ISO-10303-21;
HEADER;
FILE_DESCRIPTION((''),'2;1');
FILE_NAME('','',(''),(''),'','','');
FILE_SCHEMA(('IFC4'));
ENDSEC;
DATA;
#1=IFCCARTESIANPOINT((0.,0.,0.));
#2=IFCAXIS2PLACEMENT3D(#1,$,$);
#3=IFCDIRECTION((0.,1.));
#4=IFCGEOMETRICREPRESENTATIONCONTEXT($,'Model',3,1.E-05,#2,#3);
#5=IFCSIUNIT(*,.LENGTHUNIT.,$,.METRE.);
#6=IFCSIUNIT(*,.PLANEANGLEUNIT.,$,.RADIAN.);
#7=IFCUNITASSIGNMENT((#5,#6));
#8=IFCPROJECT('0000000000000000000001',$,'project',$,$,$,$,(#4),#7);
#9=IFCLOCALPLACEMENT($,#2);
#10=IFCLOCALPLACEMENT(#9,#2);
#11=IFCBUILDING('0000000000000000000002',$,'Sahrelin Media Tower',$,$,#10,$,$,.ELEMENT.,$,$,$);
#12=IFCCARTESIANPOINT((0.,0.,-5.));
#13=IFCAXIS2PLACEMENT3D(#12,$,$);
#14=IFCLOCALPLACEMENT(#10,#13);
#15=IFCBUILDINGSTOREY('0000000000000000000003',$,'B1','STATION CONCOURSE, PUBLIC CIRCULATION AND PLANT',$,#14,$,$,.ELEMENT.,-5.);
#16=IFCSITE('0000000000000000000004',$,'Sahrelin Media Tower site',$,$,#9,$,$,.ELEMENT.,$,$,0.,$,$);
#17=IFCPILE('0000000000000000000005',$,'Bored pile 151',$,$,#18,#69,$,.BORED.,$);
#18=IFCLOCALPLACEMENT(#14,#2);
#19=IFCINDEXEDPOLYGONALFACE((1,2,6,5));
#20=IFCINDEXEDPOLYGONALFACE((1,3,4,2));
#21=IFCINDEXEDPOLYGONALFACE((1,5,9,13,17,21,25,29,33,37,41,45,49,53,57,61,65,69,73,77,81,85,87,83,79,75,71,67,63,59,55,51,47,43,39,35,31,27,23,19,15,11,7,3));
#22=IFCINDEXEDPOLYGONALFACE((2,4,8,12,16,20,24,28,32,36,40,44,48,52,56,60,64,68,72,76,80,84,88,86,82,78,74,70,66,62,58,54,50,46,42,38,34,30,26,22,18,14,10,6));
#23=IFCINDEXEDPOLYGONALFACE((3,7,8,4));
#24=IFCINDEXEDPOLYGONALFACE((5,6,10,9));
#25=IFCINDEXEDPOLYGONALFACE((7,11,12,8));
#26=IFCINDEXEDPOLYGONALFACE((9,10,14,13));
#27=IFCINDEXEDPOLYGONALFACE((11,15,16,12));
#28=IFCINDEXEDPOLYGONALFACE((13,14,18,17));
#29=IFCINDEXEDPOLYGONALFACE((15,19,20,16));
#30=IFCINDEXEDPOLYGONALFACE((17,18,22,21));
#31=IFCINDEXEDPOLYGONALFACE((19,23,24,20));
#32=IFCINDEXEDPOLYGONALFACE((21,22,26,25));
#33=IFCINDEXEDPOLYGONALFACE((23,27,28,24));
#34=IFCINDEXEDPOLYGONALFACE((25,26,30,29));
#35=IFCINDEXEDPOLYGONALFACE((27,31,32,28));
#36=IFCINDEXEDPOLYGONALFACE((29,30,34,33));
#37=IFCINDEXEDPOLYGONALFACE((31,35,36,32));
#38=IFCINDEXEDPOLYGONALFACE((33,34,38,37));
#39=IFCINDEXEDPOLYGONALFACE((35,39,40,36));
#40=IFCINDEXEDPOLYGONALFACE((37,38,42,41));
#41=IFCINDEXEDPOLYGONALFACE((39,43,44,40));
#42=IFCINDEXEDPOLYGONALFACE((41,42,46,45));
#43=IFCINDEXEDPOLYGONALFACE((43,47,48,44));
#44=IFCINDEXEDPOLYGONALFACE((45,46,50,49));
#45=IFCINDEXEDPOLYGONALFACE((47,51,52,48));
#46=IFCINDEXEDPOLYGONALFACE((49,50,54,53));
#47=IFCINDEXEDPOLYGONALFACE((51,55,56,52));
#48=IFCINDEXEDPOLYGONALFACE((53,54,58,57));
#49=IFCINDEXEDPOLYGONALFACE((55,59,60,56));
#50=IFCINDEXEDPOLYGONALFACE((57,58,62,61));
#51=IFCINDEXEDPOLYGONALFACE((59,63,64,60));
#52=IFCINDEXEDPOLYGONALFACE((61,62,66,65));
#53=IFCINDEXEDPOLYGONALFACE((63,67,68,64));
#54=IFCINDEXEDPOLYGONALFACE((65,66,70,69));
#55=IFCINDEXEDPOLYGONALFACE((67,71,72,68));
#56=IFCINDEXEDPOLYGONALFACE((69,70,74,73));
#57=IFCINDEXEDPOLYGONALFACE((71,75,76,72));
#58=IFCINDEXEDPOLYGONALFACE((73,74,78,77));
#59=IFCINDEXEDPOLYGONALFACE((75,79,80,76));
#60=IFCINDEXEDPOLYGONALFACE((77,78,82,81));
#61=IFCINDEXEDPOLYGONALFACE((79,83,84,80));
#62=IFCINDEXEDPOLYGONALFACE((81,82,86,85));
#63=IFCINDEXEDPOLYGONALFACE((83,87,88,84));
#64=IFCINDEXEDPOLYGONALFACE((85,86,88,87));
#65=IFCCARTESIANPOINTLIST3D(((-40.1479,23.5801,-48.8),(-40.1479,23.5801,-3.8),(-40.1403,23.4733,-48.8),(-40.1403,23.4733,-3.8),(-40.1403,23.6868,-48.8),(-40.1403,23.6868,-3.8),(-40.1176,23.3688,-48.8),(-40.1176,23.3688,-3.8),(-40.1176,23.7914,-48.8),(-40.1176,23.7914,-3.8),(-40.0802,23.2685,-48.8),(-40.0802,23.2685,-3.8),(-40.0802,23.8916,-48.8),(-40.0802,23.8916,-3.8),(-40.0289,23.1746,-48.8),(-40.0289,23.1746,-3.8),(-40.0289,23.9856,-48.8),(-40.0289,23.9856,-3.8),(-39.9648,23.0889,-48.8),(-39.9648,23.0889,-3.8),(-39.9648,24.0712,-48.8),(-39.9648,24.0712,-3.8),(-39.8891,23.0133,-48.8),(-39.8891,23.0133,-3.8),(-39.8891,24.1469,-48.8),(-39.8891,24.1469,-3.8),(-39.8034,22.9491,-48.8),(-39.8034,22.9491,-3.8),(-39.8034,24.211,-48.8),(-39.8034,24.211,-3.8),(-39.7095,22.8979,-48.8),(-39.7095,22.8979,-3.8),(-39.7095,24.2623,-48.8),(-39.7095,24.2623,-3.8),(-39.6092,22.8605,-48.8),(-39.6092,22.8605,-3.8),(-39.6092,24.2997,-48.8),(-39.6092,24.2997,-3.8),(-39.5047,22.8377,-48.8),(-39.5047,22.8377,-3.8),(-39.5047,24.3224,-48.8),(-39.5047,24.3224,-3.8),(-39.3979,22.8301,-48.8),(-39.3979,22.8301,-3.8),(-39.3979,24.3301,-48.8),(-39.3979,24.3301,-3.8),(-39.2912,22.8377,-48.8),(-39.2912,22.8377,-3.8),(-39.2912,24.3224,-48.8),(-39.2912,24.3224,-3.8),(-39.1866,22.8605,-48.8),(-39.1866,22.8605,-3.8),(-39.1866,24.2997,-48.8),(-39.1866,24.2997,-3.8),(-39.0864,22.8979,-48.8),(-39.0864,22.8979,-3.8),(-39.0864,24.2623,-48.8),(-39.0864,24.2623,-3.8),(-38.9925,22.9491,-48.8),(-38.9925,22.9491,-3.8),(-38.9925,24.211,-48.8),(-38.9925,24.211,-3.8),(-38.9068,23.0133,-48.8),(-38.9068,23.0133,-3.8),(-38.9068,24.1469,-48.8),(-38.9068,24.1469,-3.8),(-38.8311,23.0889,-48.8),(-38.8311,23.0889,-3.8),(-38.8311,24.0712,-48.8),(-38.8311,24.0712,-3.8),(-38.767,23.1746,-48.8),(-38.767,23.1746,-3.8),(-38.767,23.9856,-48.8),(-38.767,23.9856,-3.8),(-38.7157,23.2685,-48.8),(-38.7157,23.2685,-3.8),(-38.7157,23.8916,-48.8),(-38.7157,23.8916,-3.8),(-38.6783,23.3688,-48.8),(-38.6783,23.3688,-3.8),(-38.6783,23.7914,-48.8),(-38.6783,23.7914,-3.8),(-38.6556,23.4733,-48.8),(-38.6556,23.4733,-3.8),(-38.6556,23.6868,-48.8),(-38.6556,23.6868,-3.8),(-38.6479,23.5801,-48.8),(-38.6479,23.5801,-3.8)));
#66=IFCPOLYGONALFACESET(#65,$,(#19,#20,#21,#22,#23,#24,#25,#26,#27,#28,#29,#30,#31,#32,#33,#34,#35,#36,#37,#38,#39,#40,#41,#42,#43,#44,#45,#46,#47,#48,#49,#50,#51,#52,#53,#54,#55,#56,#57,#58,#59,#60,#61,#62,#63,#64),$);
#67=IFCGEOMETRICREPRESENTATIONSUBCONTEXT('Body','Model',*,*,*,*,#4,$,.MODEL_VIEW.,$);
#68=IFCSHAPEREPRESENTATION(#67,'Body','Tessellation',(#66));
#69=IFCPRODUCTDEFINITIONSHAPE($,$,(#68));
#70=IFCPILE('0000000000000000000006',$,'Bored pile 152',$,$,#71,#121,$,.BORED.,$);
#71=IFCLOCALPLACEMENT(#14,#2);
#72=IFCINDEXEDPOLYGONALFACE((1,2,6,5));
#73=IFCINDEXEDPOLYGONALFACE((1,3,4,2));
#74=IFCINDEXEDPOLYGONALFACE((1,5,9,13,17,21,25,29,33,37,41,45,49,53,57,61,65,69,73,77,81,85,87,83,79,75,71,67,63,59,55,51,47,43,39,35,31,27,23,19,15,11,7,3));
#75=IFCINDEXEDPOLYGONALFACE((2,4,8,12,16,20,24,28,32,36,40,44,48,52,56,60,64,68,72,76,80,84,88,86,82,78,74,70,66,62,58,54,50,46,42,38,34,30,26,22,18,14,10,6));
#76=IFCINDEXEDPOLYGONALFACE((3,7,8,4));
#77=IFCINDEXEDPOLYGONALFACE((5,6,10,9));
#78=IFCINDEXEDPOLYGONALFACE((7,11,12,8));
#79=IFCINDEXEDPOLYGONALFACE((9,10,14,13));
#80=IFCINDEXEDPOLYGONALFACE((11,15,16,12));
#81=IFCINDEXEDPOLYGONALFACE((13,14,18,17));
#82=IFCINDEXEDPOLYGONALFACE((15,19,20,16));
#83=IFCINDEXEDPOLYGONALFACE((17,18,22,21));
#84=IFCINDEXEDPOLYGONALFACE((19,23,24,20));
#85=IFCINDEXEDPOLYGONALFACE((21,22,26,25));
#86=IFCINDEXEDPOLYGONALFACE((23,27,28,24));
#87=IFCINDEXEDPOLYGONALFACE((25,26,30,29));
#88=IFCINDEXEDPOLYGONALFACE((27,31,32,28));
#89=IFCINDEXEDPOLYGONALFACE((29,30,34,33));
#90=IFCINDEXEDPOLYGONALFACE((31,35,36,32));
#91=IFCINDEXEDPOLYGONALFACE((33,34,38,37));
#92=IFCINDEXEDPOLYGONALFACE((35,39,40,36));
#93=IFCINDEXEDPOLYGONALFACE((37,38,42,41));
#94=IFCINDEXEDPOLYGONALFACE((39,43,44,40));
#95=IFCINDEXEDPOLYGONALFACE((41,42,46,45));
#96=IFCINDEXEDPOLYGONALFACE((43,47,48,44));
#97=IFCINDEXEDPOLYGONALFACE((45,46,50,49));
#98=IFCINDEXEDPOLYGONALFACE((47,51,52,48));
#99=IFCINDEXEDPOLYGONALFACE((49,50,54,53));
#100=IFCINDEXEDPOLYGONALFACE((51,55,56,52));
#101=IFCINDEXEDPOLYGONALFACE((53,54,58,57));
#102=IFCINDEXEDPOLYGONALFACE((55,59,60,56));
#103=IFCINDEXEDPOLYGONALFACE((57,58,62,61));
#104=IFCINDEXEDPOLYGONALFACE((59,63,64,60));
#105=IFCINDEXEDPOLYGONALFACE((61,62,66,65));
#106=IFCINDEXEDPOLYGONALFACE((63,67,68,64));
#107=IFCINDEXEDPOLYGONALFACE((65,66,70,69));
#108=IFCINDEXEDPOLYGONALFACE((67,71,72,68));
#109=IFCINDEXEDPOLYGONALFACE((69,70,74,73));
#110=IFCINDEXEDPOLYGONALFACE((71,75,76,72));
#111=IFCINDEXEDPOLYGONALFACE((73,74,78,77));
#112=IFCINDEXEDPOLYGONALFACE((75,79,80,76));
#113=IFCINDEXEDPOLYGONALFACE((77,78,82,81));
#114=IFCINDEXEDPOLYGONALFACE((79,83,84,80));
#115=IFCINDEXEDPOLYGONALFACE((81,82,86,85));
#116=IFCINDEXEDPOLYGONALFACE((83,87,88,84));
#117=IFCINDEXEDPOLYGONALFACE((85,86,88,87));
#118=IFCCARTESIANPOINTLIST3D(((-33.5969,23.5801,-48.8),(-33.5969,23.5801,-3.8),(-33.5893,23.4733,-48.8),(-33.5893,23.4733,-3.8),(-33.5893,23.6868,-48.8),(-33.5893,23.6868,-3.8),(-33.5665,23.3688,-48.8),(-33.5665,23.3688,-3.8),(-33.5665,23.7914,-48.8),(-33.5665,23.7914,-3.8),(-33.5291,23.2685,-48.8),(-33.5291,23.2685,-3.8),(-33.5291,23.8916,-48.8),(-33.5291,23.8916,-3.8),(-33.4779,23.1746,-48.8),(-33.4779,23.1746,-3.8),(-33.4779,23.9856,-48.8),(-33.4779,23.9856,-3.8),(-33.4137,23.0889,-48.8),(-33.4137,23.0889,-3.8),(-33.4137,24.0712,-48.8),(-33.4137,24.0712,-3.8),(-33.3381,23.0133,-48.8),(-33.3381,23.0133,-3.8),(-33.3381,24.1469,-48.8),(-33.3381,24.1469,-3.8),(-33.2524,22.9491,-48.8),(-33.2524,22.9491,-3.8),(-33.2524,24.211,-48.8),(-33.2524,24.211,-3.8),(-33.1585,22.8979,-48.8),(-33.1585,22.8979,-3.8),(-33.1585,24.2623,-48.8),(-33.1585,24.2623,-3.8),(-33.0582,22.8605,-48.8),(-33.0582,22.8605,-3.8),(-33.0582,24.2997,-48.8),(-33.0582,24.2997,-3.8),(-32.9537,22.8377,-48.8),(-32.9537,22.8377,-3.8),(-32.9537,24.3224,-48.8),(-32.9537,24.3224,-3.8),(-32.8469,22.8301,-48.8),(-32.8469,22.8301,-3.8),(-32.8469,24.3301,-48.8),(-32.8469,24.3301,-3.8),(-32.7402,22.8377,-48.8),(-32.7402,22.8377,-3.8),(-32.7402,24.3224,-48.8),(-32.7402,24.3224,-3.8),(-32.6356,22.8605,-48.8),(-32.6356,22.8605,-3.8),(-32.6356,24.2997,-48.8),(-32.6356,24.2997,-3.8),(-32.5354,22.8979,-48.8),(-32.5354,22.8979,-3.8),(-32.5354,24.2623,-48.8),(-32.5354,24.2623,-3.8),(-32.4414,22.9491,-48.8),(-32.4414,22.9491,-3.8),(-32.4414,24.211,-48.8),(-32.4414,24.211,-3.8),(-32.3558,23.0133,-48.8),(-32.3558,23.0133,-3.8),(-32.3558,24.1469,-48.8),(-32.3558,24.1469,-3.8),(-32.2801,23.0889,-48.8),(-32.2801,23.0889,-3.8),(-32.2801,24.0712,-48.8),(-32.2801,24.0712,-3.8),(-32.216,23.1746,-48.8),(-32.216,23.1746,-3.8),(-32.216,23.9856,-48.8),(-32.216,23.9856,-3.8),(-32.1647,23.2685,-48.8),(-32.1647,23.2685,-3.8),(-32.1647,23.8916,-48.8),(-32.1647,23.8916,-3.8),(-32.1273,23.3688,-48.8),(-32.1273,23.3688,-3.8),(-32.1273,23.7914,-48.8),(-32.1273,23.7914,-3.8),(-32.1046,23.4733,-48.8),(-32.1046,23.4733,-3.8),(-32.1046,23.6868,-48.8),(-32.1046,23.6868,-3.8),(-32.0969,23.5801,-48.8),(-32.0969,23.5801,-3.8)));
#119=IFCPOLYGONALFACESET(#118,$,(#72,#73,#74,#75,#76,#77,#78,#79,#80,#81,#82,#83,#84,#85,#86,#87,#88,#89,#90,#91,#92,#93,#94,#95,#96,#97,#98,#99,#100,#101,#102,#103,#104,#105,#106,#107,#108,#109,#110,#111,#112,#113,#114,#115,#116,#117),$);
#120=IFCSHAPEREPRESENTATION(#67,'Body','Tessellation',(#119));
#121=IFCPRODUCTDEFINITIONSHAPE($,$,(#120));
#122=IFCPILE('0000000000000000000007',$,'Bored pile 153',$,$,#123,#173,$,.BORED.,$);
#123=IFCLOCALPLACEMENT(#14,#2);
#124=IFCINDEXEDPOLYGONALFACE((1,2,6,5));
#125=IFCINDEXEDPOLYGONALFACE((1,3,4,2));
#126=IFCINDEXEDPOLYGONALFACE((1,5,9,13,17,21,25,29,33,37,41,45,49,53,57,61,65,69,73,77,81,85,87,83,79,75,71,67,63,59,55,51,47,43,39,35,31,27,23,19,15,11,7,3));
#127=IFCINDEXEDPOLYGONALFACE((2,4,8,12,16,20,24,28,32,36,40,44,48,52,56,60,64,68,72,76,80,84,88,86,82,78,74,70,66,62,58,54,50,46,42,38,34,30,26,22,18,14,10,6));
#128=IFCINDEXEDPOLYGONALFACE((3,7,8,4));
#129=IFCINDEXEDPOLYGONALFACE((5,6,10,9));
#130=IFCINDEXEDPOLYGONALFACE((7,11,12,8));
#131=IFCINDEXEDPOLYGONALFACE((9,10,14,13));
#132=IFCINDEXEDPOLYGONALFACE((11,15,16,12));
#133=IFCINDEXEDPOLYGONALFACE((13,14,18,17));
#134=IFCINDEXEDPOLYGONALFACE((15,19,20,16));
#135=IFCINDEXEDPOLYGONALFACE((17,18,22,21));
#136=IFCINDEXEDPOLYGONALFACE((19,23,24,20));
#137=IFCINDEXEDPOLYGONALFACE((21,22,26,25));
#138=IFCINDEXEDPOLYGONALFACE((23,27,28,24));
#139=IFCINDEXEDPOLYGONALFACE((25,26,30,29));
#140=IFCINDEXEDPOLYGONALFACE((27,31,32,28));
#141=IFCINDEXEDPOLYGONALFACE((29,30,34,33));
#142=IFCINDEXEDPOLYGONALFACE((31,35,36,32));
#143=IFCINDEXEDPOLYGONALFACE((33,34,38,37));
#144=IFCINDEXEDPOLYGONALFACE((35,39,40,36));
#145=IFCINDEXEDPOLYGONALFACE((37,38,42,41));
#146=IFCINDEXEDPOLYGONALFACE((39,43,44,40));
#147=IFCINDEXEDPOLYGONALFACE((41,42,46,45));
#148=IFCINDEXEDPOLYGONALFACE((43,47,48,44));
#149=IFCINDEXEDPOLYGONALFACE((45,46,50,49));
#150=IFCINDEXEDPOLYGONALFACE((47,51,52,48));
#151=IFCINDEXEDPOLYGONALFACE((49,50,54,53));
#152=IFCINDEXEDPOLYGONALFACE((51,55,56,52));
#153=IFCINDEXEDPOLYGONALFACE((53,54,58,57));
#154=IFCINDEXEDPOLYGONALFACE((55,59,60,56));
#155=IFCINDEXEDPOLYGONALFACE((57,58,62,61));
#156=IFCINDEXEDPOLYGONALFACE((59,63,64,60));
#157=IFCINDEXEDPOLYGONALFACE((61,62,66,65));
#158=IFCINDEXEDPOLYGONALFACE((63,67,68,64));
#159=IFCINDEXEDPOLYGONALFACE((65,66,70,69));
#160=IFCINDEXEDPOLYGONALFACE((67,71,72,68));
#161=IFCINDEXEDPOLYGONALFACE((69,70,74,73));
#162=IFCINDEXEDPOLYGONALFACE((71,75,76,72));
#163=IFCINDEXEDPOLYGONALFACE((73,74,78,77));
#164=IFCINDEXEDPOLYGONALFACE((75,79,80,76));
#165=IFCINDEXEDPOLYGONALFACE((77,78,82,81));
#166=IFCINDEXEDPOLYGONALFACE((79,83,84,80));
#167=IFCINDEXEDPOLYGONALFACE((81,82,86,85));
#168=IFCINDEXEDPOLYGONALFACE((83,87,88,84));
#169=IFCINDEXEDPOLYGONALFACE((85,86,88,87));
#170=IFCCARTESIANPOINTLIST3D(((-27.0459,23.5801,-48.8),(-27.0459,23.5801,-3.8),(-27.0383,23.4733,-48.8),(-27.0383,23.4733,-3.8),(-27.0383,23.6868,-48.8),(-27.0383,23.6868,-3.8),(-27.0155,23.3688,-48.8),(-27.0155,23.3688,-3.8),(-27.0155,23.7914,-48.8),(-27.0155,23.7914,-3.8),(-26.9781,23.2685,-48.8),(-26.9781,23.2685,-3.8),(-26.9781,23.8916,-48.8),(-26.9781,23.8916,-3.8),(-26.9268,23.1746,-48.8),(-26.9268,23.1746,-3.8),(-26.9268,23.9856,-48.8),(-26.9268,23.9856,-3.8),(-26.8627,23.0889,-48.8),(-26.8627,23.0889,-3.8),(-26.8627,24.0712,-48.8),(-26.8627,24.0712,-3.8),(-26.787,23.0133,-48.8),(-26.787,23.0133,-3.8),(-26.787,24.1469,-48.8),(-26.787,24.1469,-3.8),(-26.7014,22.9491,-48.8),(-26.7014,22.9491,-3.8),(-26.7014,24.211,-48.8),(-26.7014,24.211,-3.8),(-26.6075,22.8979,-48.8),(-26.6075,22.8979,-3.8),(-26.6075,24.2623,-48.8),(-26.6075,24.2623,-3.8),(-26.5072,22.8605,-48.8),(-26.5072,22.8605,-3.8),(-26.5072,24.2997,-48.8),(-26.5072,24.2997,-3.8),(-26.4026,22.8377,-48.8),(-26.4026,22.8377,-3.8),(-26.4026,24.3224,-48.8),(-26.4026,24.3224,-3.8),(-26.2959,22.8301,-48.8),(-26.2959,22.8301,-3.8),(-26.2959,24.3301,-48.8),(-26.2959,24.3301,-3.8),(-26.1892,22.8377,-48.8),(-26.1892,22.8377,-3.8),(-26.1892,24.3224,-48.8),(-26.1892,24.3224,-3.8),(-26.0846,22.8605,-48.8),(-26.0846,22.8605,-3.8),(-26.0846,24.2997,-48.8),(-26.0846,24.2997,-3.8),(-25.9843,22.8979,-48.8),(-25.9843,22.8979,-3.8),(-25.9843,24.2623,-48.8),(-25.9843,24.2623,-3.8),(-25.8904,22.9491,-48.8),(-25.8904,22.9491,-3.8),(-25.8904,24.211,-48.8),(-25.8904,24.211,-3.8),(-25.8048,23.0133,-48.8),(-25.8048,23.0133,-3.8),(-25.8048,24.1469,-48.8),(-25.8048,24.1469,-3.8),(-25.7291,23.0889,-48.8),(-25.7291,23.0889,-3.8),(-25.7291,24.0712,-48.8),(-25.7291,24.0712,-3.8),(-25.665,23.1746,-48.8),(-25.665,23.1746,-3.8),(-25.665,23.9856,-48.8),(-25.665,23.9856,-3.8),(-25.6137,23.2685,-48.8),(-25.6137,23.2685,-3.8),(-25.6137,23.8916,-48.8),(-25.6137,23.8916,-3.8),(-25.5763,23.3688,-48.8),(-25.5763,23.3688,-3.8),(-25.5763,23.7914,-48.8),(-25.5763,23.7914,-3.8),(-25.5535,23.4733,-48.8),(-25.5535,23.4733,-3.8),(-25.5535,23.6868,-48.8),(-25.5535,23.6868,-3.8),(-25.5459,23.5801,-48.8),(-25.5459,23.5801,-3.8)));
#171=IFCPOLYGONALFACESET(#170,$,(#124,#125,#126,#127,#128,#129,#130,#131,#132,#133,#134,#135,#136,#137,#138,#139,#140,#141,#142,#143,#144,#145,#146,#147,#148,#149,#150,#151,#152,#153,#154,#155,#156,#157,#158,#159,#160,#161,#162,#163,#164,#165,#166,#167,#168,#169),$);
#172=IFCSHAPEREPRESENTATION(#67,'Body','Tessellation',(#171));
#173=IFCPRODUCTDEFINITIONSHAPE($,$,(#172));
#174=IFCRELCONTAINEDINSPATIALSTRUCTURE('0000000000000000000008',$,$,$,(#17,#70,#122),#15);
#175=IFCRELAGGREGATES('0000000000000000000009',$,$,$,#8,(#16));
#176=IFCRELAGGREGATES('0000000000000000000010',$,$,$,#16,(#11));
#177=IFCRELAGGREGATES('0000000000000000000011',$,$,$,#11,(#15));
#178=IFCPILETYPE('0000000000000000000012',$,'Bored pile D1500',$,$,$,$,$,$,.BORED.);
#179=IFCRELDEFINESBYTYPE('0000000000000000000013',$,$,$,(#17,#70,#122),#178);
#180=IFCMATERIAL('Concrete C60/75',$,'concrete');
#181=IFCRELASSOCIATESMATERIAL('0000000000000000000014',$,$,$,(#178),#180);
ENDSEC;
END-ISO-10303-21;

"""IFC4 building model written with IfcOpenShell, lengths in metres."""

from ifc_helpers import new_model, si_unit, direction, frame, origin, origin_2d, place, context, subcontext, project, spatial, circle, extrude, material, material_profile, profile_set, type_object, element, save


model = new_model("IFC4")

# Units and contexts
model_context = context("Model", 3, precision=1e-05, world=origin(), true_north=direction((0.0, 1.0)))
body_context = subcontext(model_context, "Body", "Model", "MODEL_VIEW")
ifc_project = project(units=[si_unit("LENGTHUNIT", "METRE"), si_unit("PLANEANGLEUNIT", "RADIAN")], contexts=[model_context])

# Site, building, storey
site_placement = place(None, origin())
site = spatial("IfcSite", under=ifc_project, at=site_placement, Name="Sahrelin Media Tower site", CompositionType="ELEMENT", RefElevation=0.0)
building_placement = place(site_placement, origin())
building = spatial("IfcBuilding", under=site, at=building_placement, Name="Sahrelin Media Tower", CompositionType="ELEMENT")
storey_placement = place(building_placement, frame((0.0, 0.0, -5.0)))
storey = spatial("IfcBuildingStorey", under=building, at=storey_placement, Name="B1", Description="STATION CONCOURSE, PUBLIC CIRCULATION AND PLANT", CompositionType="ELEMENT", Elevation=-5.0)

# Piles
ifc_material_1 = material(Name="Concrete C60/75", Category="concrete")
ifc_material_profile_1 = material_profile(ifc_material_1, circle(Radius=0.75, at=origin_2d()), Name="Bored pile D1500")
ifc_profile_set_1 = profile_set([ifc_material_profile_1], Name="Concrete C60/75")
pile_type = type_object("IfcPileType", Name="Bored pile D1500", PredefinedType="BORED", material=ifc_profile_set_1)
for number, where, z_axis, x_axis, name in (
    (1, (-39.3979, 23.5801, -3.8), (0.0, 0.0, -1.0), (1.0, 0.0, 0.0), "Bored pile 151"),
    (2, (-32.8469, 23.5801, -3.8), (0.0, 0.0, -1.0), (1.0, 0.0, 0.0), "Bored pile 152"),
    (3, (-26.2959, 23.5801, -3.8), (0.0, 0.0, -1.0), (1.0, 0.0, 0.0), "Bored pile 153"),
):
    element("IfcPile", number, at=place(storey_placement, frame(where, z_axis=z_axis, x_axis=x_axis)), inside=storey, type_object=pile_type, Name=name, PredefinedType="BORED", context=body_context, shape_type="SweptSolid", body=[
        extrude(circle(Radius=0.75, at=origin_2d()), origin(), (0.0, 0.0, 1.0), 45.0),
    ])

save(model, "model.ifc")
